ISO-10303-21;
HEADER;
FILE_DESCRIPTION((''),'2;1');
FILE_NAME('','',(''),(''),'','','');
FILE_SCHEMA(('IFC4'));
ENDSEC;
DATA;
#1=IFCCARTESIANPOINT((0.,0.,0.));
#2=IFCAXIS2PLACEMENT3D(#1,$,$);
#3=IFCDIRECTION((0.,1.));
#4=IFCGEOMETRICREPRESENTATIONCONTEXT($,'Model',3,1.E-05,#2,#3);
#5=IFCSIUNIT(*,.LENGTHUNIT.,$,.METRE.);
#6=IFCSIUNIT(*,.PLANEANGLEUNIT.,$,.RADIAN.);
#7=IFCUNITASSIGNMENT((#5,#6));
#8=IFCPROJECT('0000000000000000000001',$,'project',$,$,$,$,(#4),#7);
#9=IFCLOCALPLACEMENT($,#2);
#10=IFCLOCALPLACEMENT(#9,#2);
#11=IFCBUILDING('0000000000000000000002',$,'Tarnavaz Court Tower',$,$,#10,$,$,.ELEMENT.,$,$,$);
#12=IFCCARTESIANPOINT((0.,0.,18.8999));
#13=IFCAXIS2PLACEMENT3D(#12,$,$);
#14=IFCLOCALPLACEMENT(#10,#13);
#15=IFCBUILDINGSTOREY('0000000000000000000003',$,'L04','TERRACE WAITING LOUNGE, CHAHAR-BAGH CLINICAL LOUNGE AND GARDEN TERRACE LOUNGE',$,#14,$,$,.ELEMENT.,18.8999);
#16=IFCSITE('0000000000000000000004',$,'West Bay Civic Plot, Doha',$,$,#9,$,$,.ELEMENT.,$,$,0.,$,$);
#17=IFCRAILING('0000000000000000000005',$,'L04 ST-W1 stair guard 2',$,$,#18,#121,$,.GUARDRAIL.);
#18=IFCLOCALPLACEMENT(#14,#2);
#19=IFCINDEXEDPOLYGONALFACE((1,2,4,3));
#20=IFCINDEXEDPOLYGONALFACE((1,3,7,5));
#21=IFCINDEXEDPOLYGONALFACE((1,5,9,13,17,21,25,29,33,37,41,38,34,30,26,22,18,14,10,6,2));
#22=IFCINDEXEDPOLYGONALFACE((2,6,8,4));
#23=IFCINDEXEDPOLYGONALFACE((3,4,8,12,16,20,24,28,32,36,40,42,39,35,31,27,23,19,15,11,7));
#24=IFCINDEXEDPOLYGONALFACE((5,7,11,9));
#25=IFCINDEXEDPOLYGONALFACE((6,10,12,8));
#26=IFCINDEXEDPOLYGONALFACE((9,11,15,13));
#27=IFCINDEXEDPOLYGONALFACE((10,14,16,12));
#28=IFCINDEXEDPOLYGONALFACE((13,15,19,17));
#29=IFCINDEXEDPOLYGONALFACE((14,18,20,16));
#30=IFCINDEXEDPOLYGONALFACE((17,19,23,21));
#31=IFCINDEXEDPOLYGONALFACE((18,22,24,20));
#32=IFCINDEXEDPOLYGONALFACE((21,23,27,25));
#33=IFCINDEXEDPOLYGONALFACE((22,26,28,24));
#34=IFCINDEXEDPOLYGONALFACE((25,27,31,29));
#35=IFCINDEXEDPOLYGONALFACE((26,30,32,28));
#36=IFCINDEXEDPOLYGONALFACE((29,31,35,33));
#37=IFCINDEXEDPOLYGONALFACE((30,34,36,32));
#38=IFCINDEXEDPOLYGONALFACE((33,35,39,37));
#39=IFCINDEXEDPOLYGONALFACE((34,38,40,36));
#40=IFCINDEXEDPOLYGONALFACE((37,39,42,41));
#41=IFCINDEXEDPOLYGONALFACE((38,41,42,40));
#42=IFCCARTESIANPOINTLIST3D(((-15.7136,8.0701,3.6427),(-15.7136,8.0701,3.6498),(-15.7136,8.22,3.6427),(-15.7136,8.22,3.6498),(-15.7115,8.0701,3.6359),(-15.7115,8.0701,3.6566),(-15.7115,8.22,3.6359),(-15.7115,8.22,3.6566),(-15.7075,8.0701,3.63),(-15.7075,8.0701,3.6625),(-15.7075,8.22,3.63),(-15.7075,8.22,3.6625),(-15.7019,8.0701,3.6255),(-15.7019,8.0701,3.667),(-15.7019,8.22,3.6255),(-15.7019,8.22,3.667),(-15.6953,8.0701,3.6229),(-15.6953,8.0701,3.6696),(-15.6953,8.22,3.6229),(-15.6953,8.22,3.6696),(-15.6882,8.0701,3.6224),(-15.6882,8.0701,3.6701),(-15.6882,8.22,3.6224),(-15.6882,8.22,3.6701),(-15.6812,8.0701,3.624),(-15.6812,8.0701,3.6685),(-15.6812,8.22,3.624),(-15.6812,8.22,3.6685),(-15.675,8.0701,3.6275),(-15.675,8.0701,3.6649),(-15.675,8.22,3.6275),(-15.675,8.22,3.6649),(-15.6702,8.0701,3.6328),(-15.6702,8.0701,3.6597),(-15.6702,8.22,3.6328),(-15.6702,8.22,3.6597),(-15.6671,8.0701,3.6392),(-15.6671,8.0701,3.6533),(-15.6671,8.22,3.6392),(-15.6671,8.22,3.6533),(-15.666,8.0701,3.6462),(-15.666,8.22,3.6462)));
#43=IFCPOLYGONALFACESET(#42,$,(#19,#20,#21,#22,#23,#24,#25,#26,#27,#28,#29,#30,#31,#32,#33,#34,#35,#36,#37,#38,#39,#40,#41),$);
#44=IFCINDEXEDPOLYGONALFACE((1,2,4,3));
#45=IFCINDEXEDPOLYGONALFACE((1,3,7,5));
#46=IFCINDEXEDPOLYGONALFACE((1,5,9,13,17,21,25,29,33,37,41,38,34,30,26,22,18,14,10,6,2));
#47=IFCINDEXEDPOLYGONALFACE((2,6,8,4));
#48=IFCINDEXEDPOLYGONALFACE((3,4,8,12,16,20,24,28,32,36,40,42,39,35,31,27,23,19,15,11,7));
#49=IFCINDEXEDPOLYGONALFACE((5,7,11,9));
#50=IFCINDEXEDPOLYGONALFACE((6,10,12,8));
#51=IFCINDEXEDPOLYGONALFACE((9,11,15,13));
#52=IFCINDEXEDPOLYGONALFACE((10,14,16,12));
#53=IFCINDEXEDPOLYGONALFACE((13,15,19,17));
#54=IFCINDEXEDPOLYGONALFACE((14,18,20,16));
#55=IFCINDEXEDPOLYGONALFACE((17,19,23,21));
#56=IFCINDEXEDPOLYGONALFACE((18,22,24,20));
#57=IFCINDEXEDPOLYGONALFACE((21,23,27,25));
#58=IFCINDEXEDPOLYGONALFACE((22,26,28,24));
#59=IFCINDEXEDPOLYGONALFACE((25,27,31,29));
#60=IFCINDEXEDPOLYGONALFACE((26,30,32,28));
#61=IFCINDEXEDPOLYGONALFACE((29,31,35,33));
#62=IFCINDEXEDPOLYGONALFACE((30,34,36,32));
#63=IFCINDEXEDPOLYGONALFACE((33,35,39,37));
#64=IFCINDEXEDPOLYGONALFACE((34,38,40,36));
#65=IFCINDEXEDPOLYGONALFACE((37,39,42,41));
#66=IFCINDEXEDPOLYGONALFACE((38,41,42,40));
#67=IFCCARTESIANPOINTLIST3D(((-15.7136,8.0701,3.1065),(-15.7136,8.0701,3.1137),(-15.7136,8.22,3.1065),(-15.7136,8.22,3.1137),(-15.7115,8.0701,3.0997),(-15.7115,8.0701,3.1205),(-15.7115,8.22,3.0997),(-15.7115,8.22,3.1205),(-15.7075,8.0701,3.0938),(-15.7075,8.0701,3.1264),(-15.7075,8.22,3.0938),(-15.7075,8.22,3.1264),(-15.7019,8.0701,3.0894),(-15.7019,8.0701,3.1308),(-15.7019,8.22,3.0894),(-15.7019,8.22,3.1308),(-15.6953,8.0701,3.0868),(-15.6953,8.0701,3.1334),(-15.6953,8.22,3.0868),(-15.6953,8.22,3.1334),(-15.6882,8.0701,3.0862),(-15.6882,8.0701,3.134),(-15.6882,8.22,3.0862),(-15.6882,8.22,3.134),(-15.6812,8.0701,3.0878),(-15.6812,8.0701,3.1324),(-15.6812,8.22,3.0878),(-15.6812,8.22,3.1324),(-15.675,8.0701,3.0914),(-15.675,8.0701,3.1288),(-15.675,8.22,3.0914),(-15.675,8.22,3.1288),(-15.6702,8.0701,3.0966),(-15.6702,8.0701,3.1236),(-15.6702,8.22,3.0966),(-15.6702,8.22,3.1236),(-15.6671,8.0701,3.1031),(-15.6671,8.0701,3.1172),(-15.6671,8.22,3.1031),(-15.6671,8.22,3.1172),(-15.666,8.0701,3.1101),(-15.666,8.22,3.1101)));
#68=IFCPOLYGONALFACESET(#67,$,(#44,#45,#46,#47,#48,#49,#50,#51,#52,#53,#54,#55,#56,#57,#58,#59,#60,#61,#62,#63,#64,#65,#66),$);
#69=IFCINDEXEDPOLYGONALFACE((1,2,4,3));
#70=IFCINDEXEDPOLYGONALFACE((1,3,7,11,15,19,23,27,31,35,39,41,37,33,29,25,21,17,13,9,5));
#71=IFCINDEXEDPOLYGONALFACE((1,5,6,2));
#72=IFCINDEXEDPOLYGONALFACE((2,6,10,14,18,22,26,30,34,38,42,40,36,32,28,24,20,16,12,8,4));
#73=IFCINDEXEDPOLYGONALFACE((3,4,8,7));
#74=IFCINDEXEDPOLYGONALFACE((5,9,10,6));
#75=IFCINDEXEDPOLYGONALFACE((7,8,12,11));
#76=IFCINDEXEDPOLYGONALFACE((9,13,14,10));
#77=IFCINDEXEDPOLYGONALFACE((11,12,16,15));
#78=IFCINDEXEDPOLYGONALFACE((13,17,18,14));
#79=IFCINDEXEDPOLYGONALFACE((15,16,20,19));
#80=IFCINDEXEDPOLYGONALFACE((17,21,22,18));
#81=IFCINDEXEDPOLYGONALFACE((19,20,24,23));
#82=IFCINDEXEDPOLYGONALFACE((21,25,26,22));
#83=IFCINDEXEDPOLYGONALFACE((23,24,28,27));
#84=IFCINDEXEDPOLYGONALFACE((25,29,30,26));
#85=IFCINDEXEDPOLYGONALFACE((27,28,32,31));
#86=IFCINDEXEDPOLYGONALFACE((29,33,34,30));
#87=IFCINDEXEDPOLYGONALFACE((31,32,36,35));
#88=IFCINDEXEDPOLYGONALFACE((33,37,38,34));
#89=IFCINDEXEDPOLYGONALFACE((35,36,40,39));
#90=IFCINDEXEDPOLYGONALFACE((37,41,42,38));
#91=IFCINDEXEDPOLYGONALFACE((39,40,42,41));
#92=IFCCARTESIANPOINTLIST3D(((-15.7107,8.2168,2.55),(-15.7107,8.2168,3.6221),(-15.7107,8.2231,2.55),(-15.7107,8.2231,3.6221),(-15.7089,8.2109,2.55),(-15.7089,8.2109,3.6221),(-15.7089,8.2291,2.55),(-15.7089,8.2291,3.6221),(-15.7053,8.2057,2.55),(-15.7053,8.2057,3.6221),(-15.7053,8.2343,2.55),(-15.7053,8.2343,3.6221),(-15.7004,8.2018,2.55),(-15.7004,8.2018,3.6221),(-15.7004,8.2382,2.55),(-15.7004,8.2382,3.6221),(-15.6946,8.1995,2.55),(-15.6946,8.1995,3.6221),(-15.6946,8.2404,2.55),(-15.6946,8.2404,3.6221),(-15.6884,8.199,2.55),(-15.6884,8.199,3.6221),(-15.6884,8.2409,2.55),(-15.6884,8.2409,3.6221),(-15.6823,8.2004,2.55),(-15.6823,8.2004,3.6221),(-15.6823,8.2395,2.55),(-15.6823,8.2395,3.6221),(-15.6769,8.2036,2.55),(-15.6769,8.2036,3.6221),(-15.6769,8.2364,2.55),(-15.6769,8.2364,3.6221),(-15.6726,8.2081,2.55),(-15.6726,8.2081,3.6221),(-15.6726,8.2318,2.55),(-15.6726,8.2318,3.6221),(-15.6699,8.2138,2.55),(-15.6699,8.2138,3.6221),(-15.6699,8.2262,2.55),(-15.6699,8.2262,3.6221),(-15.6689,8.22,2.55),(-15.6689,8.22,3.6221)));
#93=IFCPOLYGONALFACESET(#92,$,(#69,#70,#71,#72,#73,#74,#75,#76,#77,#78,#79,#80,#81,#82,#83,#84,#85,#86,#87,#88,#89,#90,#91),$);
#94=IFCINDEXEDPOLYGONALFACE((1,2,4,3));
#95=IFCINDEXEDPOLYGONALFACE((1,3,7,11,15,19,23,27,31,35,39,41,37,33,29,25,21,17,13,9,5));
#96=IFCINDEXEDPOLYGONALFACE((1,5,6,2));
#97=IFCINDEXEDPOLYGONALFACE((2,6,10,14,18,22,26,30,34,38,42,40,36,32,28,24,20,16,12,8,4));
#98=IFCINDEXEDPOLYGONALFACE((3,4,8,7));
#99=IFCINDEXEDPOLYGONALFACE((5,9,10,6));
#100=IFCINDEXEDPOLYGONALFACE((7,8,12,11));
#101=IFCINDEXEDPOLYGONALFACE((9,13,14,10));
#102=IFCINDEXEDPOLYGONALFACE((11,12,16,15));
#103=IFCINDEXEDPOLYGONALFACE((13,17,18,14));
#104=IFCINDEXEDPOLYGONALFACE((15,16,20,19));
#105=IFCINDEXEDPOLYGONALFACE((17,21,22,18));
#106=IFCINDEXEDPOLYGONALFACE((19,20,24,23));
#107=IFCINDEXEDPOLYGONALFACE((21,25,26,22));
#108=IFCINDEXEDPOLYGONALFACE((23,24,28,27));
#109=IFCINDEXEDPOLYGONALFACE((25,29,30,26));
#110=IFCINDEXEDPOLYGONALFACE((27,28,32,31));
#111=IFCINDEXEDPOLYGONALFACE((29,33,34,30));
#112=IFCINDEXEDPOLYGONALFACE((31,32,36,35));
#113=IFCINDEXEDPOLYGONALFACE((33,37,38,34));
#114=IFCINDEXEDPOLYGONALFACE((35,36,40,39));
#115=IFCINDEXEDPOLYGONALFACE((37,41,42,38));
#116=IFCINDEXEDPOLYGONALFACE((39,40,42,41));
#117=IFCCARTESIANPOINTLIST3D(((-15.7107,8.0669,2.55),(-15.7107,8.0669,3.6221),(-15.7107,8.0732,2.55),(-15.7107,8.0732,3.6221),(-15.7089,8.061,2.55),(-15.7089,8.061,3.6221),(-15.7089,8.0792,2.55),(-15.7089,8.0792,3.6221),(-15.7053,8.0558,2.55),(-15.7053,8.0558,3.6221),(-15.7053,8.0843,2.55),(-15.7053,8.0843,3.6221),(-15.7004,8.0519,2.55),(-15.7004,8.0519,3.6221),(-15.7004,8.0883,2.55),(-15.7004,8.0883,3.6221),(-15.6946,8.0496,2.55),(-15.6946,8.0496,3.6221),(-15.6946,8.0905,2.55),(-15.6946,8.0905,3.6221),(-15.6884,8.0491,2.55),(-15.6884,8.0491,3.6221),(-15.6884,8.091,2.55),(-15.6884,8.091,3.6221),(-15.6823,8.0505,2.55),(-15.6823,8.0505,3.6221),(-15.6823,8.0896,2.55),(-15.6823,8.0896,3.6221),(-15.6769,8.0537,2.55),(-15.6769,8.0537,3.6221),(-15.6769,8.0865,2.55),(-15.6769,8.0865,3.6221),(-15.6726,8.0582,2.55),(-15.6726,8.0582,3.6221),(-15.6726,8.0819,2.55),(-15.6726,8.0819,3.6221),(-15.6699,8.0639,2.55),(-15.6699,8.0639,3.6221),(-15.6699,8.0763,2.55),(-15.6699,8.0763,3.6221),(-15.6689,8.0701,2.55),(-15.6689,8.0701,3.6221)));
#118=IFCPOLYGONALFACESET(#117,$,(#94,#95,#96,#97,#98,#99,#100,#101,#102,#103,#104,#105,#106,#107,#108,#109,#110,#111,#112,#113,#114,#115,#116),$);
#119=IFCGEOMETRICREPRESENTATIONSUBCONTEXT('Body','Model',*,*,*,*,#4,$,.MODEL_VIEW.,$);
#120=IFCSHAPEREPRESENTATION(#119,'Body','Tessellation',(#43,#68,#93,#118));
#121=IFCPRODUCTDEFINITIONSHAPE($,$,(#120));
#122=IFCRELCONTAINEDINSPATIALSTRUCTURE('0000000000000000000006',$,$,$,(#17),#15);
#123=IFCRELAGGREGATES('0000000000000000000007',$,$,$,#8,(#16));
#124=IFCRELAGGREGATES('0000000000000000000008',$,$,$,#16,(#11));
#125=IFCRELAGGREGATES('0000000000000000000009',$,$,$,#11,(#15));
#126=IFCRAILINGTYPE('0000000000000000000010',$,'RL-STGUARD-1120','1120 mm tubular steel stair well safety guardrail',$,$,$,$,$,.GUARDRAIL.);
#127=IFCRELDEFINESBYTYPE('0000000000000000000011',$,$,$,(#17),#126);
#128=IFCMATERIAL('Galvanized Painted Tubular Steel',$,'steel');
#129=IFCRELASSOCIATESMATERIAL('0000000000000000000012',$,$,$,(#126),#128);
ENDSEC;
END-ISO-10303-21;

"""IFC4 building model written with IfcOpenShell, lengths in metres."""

from ifc_helpers import new_model, si_unit, direction, frame, origin, origin_2d, place, context, subcontext, project, spatial, circle, extrude, material, type_object, element, save


model = new_model("IFC4")

# Units and contexts
model_context = context("Model", 3, precision=1e-05, world=origin(), true_north=direction((0.0, 1.0)))
body_context = subcontext(model_context, "Body", "Model", "MODEL_VIEW")
ifc_project = project(units=[si_unit("LENGTHUNIT", "METRE"), si_unit("PLANEANGLEUNIT", "RADIAN")], contexts=[model_context])

# Site, building, storey
site_placement = place(None, origin())
site = spatial("IfcSite", under=ifc_project, at=site_placement, Name="West Bay Civic Plot, Doha", CompositionType="ELEMENT", RefElevation=0.0)
building_placement = place(site_placement, origin())
building = spatial("IfcBuilding", under=site, at=building_placement, Name="Tarnavaz Court Tower", CompositionType="ELEMENT")
storey_placement = place(building_placement, frame((0.0, 0.0, 18.8999)))
storey = spatial("IfcBuildingStorey", under=building, at=storey_placement, Name="L04", Description="TERRACE WAITING LOUNGE, CHAHAR-BAGH CLINICAL LOUNGE AND GARDEN TERRACE LOUNGE", CompositionType="ELEMENT", Elevation=18.8999)

# Railing
ifc_material_1 = material(Name="Galvanized Painted Tubular Steel", Category="steel")
railing_type_1 = type_object("IfcRailingType", Name="RL-STGUARD-1120", Description="1120 mm tubular steel stair well safety guardrail", PredefinedType="GUARDRAIL", material=ifc_material_1)
railing_1_placement = place(storey_placement, frame((-15.6899, 8.22, 2.55)))
element("IfcRailing", 1, at=railing_1_placement, inside=storey, type_object=railing_type_1, Name="L04 ST-W1 stair guard 2", PredefinedType="GUARDRAIL", context=body_context, shape_type="SweptSolid", body=[
    extrude(circle(Radius=0.0239, at=origin_2d()), frame((0.0, 0.0, 1.0962), z_axis=(0.0, -1.0, 0.0), x_axis=(1.0, 0.0, 0.0)), (0.0, 0.0, 1.0), 0.1499),
    extrude(circle(Radius=0.0239, at=origin_2d()), frame((0.0, 0.0, 0.5601), z_axis=(0.0, -1.0, 0.0), x_axis=(1.0, 0.0, 0.0)), (0.0, 0.0, 1.0), 0.1499),
    extrude(circle(Radius=0.021, at=origin_2d()), origin(), (0.0, 0.0, 1.0), 1.072),
    extrude(circle(Radius=0.021, at=origin_2d()), frame((0.0, -0.1499, 0.0)), (0.0, 0.0, 1.0), 1.072),
])

save(model, "model.ifc")
